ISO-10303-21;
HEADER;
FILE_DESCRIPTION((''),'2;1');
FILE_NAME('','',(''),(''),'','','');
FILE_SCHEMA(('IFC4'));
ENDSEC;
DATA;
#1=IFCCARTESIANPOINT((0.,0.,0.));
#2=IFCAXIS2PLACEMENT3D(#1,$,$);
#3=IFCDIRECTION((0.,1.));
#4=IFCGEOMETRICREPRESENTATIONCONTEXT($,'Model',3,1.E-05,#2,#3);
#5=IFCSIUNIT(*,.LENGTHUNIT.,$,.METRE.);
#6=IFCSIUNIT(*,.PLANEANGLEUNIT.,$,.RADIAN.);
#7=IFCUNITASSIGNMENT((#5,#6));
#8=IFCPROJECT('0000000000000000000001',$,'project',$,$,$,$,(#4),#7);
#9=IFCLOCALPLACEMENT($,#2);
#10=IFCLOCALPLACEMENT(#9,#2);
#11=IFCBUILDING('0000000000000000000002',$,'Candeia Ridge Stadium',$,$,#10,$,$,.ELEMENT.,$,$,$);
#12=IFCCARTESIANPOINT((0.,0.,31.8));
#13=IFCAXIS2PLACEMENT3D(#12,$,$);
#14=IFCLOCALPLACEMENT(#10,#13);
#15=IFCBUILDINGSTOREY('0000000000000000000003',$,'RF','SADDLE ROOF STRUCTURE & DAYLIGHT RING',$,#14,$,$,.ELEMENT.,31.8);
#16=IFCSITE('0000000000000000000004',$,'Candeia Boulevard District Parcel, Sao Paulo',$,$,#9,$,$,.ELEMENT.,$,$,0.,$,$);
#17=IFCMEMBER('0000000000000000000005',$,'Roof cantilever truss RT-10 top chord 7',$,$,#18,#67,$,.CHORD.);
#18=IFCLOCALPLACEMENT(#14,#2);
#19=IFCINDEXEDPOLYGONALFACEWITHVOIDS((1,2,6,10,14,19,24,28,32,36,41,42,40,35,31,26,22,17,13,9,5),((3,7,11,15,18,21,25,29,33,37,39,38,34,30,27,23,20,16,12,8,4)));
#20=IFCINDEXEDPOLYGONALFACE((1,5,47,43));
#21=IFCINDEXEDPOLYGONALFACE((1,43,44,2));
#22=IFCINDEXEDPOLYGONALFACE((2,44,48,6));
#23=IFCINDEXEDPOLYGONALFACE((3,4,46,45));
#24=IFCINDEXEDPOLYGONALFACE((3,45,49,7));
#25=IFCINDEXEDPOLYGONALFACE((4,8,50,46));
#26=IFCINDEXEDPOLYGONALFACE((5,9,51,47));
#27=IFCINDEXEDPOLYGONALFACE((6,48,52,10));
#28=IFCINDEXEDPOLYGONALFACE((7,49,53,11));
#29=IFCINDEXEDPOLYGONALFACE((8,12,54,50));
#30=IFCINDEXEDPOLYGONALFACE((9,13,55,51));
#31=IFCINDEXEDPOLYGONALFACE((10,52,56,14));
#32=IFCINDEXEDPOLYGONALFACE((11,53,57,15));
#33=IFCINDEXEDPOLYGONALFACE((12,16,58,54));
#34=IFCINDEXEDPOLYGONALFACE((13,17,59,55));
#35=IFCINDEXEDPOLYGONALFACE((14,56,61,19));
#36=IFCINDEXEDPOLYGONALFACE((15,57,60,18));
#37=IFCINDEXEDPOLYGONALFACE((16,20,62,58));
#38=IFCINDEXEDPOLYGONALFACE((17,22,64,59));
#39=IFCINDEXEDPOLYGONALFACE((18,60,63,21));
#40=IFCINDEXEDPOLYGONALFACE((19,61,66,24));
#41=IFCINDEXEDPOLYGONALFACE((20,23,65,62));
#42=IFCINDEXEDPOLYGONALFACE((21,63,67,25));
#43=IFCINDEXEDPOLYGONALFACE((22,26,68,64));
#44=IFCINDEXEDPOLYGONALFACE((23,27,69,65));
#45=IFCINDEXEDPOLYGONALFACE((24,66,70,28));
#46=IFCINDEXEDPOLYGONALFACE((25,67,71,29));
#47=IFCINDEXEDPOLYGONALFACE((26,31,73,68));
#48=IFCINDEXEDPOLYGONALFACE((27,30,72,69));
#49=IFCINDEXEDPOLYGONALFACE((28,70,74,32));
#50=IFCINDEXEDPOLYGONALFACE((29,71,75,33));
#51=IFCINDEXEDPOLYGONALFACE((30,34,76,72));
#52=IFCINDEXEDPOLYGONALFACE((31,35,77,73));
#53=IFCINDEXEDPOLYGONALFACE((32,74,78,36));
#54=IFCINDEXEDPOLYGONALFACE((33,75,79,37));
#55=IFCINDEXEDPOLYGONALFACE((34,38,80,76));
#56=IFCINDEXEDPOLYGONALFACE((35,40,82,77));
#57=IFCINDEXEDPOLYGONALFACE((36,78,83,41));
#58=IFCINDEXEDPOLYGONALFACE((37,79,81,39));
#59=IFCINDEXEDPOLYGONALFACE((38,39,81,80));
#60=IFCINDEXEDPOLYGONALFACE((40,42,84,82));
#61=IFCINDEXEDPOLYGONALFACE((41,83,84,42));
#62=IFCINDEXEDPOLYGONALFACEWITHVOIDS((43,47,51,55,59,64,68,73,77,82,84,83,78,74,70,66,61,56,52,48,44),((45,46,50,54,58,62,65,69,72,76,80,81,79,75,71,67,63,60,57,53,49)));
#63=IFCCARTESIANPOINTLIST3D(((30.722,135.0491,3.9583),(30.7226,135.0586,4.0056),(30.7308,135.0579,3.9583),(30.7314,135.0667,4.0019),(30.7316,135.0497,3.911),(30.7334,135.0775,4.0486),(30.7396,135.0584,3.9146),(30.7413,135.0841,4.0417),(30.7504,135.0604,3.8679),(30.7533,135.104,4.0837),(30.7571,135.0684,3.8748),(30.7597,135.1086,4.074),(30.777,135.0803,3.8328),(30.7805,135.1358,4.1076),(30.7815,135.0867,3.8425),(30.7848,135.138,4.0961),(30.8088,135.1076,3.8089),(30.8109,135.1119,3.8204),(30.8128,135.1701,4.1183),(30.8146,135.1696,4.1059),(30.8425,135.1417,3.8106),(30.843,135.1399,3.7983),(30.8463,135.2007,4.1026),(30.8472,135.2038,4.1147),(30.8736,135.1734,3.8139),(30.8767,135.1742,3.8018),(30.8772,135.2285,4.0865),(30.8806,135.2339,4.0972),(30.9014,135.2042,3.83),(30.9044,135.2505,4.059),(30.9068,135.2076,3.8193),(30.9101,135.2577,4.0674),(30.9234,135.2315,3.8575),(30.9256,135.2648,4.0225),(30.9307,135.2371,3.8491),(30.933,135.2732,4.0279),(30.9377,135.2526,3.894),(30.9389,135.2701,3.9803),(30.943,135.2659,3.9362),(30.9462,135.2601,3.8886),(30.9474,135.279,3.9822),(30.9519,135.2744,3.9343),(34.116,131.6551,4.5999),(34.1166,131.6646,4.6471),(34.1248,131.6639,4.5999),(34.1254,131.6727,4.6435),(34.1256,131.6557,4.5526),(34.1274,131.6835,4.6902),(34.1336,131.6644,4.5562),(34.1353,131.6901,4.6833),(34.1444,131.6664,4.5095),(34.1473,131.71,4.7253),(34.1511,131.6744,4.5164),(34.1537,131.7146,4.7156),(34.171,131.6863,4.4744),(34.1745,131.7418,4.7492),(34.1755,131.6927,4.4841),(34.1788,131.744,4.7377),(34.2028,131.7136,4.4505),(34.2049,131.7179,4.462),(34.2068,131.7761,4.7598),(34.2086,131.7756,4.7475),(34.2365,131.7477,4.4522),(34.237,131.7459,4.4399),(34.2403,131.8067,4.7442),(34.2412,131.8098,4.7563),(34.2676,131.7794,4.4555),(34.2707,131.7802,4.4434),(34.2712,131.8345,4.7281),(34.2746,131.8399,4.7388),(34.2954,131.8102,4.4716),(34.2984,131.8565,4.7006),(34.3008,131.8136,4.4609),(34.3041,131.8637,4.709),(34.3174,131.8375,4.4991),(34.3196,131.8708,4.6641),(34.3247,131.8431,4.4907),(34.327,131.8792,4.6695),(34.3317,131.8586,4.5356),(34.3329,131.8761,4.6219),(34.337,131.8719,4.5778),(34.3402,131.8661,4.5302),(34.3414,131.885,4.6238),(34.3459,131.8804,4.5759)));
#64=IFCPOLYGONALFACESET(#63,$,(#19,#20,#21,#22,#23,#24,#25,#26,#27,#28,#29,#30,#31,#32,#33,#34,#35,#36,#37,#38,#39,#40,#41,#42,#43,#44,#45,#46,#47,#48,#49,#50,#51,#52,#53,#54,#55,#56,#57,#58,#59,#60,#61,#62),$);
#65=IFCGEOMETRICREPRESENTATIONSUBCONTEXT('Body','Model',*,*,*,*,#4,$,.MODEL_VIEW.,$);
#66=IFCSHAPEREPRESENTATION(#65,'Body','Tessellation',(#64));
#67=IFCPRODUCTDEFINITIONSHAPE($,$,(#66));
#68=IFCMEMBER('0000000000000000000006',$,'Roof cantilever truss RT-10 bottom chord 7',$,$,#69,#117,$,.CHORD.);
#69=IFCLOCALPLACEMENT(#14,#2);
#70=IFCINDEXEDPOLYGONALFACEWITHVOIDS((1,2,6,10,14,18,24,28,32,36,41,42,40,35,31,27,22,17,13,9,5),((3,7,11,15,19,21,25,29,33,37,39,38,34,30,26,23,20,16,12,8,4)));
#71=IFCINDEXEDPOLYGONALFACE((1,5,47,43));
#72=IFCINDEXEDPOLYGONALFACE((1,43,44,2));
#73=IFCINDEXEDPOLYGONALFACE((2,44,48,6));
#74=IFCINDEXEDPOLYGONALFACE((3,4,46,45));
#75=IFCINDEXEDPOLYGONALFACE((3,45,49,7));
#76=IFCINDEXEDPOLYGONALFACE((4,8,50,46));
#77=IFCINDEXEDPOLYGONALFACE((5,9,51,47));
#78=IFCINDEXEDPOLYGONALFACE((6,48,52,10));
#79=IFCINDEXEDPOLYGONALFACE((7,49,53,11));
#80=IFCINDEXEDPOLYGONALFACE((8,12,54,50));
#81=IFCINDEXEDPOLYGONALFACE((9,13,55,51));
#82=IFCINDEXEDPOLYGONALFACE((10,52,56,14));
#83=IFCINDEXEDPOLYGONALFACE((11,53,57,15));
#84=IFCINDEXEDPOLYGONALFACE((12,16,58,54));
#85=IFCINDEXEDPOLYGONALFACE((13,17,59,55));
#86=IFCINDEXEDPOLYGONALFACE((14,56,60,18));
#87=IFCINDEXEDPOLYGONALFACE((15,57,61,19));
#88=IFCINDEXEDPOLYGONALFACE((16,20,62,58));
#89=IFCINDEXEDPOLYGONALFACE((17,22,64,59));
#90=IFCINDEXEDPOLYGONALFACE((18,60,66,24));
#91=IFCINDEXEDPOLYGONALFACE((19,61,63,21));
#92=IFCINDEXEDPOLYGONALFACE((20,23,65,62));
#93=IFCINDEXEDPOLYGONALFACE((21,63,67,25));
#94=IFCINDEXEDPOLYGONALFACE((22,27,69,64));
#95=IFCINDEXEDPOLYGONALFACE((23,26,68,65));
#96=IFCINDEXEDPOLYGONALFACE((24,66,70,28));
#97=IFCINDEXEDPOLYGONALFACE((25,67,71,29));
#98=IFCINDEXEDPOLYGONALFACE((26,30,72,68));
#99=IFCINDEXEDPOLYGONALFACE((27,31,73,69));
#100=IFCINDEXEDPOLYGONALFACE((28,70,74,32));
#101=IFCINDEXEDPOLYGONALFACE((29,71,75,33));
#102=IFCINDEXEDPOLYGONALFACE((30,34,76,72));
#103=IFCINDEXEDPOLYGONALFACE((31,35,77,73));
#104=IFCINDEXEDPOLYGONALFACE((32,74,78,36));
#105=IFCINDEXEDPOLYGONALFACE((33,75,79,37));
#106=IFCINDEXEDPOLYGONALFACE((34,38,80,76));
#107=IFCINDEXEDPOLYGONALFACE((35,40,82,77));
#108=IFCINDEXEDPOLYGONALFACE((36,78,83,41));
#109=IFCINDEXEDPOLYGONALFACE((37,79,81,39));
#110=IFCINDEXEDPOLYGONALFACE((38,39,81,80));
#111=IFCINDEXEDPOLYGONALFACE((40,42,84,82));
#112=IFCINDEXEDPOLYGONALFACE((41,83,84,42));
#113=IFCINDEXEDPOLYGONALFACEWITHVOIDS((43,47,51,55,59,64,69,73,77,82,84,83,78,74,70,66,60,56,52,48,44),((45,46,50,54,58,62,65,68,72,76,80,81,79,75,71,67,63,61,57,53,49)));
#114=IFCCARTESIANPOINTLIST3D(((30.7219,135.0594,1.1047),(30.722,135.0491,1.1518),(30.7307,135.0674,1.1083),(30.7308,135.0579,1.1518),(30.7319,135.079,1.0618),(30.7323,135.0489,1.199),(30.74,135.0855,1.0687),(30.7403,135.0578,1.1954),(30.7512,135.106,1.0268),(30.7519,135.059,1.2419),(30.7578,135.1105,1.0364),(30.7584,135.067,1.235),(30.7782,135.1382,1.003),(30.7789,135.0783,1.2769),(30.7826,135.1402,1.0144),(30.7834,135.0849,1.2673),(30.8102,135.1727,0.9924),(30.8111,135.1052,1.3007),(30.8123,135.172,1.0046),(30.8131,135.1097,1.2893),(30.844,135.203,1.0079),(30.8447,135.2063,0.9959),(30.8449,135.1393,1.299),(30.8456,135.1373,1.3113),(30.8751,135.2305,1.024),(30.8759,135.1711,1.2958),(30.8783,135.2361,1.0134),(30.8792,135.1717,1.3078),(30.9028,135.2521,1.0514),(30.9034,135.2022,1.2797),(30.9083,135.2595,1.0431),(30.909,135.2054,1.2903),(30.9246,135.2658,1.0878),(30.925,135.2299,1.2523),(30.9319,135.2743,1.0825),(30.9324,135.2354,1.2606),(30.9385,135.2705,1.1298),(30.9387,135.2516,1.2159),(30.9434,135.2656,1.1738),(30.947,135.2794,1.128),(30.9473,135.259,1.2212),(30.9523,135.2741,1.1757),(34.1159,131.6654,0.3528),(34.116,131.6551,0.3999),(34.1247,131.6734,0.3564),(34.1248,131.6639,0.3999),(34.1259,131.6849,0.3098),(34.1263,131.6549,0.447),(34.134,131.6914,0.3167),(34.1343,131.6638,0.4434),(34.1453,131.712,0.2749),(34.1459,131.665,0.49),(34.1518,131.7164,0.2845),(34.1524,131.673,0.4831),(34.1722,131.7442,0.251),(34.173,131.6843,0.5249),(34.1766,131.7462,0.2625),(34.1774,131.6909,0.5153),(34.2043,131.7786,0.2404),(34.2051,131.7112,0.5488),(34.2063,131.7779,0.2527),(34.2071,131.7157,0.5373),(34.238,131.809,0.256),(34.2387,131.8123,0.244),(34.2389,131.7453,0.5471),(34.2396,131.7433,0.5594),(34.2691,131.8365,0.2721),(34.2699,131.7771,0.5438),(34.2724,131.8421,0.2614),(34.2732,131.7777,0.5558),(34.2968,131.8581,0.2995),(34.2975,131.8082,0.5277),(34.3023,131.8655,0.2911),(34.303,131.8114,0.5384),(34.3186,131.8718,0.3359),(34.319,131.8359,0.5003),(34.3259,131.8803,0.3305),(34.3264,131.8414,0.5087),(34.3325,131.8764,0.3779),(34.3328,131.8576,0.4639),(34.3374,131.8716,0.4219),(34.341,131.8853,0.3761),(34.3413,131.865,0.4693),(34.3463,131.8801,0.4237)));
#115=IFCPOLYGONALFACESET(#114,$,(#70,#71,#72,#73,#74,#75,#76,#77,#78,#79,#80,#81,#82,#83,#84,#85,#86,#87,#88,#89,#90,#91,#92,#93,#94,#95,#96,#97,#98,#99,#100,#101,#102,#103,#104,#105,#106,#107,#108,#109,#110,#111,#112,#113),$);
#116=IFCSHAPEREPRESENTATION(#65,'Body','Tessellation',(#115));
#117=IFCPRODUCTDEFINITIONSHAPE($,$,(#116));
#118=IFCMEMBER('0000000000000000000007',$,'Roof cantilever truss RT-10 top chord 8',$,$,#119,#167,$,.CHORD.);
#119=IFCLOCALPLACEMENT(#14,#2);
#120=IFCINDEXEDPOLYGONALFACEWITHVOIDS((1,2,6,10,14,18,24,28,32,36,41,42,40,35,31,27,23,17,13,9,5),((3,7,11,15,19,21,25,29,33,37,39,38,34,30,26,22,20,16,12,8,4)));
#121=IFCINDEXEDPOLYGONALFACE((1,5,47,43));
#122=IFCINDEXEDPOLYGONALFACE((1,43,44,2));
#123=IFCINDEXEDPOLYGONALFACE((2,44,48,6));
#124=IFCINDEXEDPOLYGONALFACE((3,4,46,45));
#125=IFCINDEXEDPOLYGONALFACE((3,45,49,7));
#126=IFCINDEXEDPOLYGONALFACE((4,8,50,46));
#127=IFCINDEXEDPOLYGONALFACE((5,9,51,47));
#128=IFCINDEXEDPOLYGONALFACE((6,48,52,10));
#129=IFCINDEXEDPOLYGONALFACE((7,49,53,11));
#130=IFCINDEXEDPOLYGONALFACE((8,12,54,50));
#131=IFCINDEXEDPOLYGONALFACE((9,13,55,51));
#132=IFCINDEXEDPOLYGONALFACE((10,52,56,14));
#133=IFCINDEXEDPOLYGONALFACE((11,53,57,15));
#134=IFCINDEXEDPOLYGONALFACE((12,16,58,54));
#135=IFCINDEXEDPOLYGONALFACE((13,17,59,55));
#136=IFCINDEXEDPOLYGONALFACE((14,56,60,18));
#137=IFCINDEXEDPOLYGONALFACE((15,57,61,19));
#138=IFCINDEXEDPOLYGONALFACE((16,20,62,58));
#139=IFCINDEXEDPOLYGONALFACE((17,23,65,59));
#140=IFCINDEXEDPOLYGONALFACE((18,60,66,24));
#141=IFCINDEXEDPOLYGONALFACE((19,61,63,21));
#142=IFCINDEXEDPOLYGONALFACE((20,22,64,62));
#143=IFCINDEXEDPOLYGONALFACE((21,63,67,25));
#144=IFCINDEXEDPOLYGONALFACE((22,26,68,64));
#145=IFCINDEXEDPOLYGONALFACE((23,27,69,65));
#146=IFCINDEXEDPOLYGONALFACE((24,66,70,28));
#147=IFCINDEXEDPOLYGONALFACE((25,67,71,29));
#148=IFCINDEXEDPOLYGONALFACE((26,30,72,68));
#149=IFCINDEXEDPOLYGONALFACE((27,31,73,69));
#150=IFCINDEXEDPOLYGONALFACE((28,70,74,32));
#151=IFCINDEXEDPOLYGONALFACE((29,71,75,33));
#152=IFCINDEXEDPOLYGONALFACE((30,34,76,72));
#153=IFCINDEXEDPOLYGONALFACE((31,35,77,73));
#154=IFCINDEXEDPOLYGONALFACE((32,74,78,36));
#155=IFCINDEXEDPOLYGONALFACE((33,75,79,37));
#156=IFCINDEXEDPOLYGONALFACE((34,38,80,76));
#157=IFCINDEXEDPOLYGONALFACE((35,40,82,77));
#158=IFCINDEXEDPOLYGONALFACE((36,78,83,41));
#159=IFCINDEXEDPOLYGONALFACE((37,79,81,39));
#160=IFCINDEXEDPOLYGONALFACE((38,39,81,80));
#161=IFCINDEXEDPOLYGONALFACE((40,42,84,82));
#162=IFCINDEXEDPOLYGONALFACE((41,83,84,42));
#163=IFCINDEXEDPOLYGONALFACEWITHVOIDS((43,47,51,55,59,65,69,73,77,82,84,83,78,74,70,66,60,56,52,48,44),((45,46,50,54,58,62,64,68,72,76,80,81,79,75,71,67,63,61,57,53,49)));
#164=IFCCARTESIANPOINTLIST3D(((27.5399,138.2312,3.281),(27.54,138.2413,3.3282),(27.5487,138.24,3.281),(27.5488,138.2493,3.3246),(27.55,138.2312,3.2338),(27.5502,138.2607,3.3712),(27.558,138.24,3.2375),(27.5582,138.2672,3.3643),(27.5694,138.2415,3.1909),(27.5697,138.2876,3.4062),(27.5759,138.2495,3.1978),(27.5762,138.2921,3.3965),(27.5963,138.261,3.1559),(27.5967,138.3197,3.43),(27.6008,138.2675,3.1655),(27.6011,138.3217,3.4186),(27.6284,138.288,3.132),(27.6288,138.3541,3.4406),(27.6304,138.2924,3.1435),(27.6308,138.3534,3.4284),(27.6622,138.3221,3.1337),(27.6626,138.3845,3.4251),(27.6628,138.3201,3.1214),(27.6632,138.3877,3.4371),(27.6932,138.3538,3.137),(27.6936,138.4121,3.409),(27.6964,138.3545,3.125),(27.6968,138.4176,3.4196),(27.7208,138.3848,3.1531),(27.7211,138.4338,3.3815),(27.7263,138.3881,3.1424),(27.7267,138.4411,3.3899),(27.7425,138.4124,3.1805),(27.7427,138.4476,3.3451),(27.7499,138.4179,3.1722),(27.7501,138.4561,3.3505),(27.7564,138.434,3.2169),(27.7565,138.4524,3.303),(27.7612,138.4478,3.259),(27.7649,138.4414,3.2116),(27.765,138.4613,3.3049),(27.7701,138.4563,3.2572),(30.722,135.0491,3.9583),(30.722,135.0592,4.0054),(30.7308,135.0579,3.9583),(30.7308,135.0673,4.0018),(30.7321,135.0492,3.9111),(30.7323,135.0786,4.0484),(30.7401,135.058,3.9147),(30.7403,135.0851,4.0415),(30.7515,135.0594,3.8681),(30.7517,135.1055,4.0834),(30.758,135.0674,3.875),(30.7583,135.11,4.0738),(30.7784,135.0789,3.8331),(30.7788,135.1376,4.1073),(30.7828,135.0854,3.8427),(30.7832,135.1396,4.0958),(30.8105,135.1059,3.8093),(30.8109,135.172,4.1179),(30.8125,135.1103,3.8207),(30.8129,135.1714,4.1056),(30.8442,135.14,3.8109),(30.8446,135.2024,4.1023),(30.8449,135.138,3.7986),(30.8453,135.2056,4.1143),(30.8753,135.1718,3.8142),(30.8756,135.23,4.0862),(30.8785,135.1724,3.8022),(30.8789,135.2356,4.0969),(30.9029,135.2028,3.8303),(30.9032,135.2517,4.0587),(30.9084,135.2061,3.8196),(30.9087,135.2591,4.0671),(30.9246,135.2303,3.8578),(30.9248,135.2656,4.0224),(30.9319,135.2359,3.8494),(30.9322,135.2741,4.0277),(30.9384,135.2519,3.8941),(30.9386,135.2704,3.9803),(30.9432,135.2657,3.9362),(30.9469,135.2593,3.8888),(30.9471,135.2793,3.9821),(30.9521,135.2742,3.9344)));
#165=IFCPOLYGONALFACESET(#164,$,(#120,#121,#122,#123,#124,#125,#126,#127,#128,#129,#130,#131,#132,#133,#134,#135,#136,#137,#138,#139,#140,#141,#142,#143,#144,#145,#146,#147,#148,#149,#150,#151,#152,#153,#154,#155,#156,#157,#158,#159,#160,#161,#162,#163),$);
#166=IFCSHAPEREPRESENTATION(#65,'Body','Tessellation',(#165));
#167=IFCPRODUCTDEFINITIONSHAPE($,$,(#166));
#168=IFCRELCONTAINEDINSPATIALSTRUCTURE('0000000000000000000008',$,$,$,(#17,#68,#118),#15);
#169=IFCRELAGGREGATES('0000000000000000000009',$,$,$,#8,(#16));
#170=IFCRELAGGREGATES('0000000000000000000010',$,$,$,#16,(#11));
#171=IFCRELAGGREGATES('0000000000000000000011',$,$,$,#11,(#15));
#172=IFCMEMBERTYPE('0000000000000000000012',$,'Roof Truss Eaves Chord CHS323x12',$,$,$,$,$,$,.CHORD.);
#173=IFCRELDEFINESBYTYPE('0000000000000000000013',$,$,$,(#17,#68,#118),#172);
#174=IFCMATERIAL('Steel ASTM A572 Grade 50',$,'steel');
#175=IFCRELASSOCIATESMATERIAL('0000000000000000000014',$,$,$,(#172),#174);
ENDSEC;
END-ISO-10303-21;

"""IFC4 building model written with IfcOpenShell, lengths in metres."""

from ifc_helpers import new_model, si_unit, direction, frame, origin, origin_2d, place, context, subcontext, project, spatial, hollow_circle, extrude, material, material_profile, profile_set, type_object, element, save


model = new_model("IFC4")

# Units and contexts
model_context = context("Model", 3, precision=1e-05, world=origin(), true_north=direction((0.0, 1.0)))
body_context = subcontext(model_context, "Body", "Model", "MODEL_VIEW")
ifc_project = project(units=[si_unit("LENGTHUNIT", "METRE"), si_unit("PLANEANGLEUNIT", "RADIAN")], contexts=[model_context])

# Site, building, storey
site_placement = place(None, origin())
site = spatial("IfcSite", under=ifc_project, at=site_placement, Name="Candeia Boulevard District Parcel, Sao Paulo", CompositionType="ELEMENT", RefElevation=0.0)
building_placement = place(site_placement, origin())
building = spatial("IfcBuilding", under=site, at=building_placement, Name="Candeia Ridge Stadium", CompositionType="ELEMENT")
storey_placement = place(building_placement, frame((0.0, 0.0, 31.8)))
storey = spatial("IfcBuildingStorey", under=building, at=storey_placement, Name="RF", Description="SADDLE ROOF STRUCTURE & DAYLIGHT RING", CompositionType="ELEMENT", Elevation=31.8)

# Shared definitions
ifc_material_1 = material(Name="Steel ASTM A572 Grade 50", Category="steel")

# Members
ifc_material_profile_1 = material_profile(ifc_material_1, hollow_circle(Radius=0.1619, WallThickness=0.0125, at=origin_2d()), Name="CHS323x12", Category="steel")
ifc_profile_set_1 = profile_set([ifc_material_profile_1], Name="Steel ASTM A572 Grade 50")
member_type_1 = type_object("IfcMemberType", Name="Roof Truss Eaves Chord CHS323x12", PredefinedType="CHORD", material=ifc_profile_set_1)
member_1_placement = place(storey_placement, frame((34.2305, 131.7695, 4.5999), z_axis=(-0.700873, 0.700873, -0.132491), x_axis=(-0.707107, -0.707107, 0.0)))
element("IfcMember", 1, at=member_1_placement, inside=storey, type_object=member_type_1, Name="Roof cantilever truss RT-10 top chord 7", PredefinedType="CHORD", context=body_context, shape_type="SweptSolid", body=[
    extrude(hollow_circle(Radius=0.1619, WallThickness=0.0125, at=origin_2d()), origin(), (0.0, 0.0, 1.0), 4.8425),
])
member_2_placement = place(storey_placement, frame((34.2305, 131.7695, 0.3999), z_axis=(-0.698586, 0.698586, 0.154772), x_axis=(-0.707107, -0.707107, 0.0)))
element("IfcMember", 2, at=member_2_placement, inside=storey, type_object=member_type_1, Name="Roof cantilever truss RT-10 bottom chord 7", PredefinedType="CHORD", context=body_context, shape_type="SweptSolid", body=[
    extrude(hollow_circle(Radius=0.1619, WallThickness=0.0125, at=origin_2d()), origin(), (0.0, 0.0, 1.0), 4.8584),
])
member_3_placement = place(storey_placement, frame((30.8364, 135.1636, 3.9583), z_axis=(-0.699233, 0.699233, -0.148816), x_axis=(-0.707107, -0.707107, 0.0)))
element("IfcMember", 3, at=member_3_placement, inside=storey, type_object=member_type_1, Name="Roof cantilever truss RT-10 top chord 8", PredefinedType="CHORD", context=body_context, shape_type="SweptSolid", body=[
    extrude(hollow_circle(Radius=0.1619, WallThickness=0.0125, at=origin_2d()), origin(), (0.0, 0.0, 1.0), 4.5508),
])

save(model, "model.ifc")
